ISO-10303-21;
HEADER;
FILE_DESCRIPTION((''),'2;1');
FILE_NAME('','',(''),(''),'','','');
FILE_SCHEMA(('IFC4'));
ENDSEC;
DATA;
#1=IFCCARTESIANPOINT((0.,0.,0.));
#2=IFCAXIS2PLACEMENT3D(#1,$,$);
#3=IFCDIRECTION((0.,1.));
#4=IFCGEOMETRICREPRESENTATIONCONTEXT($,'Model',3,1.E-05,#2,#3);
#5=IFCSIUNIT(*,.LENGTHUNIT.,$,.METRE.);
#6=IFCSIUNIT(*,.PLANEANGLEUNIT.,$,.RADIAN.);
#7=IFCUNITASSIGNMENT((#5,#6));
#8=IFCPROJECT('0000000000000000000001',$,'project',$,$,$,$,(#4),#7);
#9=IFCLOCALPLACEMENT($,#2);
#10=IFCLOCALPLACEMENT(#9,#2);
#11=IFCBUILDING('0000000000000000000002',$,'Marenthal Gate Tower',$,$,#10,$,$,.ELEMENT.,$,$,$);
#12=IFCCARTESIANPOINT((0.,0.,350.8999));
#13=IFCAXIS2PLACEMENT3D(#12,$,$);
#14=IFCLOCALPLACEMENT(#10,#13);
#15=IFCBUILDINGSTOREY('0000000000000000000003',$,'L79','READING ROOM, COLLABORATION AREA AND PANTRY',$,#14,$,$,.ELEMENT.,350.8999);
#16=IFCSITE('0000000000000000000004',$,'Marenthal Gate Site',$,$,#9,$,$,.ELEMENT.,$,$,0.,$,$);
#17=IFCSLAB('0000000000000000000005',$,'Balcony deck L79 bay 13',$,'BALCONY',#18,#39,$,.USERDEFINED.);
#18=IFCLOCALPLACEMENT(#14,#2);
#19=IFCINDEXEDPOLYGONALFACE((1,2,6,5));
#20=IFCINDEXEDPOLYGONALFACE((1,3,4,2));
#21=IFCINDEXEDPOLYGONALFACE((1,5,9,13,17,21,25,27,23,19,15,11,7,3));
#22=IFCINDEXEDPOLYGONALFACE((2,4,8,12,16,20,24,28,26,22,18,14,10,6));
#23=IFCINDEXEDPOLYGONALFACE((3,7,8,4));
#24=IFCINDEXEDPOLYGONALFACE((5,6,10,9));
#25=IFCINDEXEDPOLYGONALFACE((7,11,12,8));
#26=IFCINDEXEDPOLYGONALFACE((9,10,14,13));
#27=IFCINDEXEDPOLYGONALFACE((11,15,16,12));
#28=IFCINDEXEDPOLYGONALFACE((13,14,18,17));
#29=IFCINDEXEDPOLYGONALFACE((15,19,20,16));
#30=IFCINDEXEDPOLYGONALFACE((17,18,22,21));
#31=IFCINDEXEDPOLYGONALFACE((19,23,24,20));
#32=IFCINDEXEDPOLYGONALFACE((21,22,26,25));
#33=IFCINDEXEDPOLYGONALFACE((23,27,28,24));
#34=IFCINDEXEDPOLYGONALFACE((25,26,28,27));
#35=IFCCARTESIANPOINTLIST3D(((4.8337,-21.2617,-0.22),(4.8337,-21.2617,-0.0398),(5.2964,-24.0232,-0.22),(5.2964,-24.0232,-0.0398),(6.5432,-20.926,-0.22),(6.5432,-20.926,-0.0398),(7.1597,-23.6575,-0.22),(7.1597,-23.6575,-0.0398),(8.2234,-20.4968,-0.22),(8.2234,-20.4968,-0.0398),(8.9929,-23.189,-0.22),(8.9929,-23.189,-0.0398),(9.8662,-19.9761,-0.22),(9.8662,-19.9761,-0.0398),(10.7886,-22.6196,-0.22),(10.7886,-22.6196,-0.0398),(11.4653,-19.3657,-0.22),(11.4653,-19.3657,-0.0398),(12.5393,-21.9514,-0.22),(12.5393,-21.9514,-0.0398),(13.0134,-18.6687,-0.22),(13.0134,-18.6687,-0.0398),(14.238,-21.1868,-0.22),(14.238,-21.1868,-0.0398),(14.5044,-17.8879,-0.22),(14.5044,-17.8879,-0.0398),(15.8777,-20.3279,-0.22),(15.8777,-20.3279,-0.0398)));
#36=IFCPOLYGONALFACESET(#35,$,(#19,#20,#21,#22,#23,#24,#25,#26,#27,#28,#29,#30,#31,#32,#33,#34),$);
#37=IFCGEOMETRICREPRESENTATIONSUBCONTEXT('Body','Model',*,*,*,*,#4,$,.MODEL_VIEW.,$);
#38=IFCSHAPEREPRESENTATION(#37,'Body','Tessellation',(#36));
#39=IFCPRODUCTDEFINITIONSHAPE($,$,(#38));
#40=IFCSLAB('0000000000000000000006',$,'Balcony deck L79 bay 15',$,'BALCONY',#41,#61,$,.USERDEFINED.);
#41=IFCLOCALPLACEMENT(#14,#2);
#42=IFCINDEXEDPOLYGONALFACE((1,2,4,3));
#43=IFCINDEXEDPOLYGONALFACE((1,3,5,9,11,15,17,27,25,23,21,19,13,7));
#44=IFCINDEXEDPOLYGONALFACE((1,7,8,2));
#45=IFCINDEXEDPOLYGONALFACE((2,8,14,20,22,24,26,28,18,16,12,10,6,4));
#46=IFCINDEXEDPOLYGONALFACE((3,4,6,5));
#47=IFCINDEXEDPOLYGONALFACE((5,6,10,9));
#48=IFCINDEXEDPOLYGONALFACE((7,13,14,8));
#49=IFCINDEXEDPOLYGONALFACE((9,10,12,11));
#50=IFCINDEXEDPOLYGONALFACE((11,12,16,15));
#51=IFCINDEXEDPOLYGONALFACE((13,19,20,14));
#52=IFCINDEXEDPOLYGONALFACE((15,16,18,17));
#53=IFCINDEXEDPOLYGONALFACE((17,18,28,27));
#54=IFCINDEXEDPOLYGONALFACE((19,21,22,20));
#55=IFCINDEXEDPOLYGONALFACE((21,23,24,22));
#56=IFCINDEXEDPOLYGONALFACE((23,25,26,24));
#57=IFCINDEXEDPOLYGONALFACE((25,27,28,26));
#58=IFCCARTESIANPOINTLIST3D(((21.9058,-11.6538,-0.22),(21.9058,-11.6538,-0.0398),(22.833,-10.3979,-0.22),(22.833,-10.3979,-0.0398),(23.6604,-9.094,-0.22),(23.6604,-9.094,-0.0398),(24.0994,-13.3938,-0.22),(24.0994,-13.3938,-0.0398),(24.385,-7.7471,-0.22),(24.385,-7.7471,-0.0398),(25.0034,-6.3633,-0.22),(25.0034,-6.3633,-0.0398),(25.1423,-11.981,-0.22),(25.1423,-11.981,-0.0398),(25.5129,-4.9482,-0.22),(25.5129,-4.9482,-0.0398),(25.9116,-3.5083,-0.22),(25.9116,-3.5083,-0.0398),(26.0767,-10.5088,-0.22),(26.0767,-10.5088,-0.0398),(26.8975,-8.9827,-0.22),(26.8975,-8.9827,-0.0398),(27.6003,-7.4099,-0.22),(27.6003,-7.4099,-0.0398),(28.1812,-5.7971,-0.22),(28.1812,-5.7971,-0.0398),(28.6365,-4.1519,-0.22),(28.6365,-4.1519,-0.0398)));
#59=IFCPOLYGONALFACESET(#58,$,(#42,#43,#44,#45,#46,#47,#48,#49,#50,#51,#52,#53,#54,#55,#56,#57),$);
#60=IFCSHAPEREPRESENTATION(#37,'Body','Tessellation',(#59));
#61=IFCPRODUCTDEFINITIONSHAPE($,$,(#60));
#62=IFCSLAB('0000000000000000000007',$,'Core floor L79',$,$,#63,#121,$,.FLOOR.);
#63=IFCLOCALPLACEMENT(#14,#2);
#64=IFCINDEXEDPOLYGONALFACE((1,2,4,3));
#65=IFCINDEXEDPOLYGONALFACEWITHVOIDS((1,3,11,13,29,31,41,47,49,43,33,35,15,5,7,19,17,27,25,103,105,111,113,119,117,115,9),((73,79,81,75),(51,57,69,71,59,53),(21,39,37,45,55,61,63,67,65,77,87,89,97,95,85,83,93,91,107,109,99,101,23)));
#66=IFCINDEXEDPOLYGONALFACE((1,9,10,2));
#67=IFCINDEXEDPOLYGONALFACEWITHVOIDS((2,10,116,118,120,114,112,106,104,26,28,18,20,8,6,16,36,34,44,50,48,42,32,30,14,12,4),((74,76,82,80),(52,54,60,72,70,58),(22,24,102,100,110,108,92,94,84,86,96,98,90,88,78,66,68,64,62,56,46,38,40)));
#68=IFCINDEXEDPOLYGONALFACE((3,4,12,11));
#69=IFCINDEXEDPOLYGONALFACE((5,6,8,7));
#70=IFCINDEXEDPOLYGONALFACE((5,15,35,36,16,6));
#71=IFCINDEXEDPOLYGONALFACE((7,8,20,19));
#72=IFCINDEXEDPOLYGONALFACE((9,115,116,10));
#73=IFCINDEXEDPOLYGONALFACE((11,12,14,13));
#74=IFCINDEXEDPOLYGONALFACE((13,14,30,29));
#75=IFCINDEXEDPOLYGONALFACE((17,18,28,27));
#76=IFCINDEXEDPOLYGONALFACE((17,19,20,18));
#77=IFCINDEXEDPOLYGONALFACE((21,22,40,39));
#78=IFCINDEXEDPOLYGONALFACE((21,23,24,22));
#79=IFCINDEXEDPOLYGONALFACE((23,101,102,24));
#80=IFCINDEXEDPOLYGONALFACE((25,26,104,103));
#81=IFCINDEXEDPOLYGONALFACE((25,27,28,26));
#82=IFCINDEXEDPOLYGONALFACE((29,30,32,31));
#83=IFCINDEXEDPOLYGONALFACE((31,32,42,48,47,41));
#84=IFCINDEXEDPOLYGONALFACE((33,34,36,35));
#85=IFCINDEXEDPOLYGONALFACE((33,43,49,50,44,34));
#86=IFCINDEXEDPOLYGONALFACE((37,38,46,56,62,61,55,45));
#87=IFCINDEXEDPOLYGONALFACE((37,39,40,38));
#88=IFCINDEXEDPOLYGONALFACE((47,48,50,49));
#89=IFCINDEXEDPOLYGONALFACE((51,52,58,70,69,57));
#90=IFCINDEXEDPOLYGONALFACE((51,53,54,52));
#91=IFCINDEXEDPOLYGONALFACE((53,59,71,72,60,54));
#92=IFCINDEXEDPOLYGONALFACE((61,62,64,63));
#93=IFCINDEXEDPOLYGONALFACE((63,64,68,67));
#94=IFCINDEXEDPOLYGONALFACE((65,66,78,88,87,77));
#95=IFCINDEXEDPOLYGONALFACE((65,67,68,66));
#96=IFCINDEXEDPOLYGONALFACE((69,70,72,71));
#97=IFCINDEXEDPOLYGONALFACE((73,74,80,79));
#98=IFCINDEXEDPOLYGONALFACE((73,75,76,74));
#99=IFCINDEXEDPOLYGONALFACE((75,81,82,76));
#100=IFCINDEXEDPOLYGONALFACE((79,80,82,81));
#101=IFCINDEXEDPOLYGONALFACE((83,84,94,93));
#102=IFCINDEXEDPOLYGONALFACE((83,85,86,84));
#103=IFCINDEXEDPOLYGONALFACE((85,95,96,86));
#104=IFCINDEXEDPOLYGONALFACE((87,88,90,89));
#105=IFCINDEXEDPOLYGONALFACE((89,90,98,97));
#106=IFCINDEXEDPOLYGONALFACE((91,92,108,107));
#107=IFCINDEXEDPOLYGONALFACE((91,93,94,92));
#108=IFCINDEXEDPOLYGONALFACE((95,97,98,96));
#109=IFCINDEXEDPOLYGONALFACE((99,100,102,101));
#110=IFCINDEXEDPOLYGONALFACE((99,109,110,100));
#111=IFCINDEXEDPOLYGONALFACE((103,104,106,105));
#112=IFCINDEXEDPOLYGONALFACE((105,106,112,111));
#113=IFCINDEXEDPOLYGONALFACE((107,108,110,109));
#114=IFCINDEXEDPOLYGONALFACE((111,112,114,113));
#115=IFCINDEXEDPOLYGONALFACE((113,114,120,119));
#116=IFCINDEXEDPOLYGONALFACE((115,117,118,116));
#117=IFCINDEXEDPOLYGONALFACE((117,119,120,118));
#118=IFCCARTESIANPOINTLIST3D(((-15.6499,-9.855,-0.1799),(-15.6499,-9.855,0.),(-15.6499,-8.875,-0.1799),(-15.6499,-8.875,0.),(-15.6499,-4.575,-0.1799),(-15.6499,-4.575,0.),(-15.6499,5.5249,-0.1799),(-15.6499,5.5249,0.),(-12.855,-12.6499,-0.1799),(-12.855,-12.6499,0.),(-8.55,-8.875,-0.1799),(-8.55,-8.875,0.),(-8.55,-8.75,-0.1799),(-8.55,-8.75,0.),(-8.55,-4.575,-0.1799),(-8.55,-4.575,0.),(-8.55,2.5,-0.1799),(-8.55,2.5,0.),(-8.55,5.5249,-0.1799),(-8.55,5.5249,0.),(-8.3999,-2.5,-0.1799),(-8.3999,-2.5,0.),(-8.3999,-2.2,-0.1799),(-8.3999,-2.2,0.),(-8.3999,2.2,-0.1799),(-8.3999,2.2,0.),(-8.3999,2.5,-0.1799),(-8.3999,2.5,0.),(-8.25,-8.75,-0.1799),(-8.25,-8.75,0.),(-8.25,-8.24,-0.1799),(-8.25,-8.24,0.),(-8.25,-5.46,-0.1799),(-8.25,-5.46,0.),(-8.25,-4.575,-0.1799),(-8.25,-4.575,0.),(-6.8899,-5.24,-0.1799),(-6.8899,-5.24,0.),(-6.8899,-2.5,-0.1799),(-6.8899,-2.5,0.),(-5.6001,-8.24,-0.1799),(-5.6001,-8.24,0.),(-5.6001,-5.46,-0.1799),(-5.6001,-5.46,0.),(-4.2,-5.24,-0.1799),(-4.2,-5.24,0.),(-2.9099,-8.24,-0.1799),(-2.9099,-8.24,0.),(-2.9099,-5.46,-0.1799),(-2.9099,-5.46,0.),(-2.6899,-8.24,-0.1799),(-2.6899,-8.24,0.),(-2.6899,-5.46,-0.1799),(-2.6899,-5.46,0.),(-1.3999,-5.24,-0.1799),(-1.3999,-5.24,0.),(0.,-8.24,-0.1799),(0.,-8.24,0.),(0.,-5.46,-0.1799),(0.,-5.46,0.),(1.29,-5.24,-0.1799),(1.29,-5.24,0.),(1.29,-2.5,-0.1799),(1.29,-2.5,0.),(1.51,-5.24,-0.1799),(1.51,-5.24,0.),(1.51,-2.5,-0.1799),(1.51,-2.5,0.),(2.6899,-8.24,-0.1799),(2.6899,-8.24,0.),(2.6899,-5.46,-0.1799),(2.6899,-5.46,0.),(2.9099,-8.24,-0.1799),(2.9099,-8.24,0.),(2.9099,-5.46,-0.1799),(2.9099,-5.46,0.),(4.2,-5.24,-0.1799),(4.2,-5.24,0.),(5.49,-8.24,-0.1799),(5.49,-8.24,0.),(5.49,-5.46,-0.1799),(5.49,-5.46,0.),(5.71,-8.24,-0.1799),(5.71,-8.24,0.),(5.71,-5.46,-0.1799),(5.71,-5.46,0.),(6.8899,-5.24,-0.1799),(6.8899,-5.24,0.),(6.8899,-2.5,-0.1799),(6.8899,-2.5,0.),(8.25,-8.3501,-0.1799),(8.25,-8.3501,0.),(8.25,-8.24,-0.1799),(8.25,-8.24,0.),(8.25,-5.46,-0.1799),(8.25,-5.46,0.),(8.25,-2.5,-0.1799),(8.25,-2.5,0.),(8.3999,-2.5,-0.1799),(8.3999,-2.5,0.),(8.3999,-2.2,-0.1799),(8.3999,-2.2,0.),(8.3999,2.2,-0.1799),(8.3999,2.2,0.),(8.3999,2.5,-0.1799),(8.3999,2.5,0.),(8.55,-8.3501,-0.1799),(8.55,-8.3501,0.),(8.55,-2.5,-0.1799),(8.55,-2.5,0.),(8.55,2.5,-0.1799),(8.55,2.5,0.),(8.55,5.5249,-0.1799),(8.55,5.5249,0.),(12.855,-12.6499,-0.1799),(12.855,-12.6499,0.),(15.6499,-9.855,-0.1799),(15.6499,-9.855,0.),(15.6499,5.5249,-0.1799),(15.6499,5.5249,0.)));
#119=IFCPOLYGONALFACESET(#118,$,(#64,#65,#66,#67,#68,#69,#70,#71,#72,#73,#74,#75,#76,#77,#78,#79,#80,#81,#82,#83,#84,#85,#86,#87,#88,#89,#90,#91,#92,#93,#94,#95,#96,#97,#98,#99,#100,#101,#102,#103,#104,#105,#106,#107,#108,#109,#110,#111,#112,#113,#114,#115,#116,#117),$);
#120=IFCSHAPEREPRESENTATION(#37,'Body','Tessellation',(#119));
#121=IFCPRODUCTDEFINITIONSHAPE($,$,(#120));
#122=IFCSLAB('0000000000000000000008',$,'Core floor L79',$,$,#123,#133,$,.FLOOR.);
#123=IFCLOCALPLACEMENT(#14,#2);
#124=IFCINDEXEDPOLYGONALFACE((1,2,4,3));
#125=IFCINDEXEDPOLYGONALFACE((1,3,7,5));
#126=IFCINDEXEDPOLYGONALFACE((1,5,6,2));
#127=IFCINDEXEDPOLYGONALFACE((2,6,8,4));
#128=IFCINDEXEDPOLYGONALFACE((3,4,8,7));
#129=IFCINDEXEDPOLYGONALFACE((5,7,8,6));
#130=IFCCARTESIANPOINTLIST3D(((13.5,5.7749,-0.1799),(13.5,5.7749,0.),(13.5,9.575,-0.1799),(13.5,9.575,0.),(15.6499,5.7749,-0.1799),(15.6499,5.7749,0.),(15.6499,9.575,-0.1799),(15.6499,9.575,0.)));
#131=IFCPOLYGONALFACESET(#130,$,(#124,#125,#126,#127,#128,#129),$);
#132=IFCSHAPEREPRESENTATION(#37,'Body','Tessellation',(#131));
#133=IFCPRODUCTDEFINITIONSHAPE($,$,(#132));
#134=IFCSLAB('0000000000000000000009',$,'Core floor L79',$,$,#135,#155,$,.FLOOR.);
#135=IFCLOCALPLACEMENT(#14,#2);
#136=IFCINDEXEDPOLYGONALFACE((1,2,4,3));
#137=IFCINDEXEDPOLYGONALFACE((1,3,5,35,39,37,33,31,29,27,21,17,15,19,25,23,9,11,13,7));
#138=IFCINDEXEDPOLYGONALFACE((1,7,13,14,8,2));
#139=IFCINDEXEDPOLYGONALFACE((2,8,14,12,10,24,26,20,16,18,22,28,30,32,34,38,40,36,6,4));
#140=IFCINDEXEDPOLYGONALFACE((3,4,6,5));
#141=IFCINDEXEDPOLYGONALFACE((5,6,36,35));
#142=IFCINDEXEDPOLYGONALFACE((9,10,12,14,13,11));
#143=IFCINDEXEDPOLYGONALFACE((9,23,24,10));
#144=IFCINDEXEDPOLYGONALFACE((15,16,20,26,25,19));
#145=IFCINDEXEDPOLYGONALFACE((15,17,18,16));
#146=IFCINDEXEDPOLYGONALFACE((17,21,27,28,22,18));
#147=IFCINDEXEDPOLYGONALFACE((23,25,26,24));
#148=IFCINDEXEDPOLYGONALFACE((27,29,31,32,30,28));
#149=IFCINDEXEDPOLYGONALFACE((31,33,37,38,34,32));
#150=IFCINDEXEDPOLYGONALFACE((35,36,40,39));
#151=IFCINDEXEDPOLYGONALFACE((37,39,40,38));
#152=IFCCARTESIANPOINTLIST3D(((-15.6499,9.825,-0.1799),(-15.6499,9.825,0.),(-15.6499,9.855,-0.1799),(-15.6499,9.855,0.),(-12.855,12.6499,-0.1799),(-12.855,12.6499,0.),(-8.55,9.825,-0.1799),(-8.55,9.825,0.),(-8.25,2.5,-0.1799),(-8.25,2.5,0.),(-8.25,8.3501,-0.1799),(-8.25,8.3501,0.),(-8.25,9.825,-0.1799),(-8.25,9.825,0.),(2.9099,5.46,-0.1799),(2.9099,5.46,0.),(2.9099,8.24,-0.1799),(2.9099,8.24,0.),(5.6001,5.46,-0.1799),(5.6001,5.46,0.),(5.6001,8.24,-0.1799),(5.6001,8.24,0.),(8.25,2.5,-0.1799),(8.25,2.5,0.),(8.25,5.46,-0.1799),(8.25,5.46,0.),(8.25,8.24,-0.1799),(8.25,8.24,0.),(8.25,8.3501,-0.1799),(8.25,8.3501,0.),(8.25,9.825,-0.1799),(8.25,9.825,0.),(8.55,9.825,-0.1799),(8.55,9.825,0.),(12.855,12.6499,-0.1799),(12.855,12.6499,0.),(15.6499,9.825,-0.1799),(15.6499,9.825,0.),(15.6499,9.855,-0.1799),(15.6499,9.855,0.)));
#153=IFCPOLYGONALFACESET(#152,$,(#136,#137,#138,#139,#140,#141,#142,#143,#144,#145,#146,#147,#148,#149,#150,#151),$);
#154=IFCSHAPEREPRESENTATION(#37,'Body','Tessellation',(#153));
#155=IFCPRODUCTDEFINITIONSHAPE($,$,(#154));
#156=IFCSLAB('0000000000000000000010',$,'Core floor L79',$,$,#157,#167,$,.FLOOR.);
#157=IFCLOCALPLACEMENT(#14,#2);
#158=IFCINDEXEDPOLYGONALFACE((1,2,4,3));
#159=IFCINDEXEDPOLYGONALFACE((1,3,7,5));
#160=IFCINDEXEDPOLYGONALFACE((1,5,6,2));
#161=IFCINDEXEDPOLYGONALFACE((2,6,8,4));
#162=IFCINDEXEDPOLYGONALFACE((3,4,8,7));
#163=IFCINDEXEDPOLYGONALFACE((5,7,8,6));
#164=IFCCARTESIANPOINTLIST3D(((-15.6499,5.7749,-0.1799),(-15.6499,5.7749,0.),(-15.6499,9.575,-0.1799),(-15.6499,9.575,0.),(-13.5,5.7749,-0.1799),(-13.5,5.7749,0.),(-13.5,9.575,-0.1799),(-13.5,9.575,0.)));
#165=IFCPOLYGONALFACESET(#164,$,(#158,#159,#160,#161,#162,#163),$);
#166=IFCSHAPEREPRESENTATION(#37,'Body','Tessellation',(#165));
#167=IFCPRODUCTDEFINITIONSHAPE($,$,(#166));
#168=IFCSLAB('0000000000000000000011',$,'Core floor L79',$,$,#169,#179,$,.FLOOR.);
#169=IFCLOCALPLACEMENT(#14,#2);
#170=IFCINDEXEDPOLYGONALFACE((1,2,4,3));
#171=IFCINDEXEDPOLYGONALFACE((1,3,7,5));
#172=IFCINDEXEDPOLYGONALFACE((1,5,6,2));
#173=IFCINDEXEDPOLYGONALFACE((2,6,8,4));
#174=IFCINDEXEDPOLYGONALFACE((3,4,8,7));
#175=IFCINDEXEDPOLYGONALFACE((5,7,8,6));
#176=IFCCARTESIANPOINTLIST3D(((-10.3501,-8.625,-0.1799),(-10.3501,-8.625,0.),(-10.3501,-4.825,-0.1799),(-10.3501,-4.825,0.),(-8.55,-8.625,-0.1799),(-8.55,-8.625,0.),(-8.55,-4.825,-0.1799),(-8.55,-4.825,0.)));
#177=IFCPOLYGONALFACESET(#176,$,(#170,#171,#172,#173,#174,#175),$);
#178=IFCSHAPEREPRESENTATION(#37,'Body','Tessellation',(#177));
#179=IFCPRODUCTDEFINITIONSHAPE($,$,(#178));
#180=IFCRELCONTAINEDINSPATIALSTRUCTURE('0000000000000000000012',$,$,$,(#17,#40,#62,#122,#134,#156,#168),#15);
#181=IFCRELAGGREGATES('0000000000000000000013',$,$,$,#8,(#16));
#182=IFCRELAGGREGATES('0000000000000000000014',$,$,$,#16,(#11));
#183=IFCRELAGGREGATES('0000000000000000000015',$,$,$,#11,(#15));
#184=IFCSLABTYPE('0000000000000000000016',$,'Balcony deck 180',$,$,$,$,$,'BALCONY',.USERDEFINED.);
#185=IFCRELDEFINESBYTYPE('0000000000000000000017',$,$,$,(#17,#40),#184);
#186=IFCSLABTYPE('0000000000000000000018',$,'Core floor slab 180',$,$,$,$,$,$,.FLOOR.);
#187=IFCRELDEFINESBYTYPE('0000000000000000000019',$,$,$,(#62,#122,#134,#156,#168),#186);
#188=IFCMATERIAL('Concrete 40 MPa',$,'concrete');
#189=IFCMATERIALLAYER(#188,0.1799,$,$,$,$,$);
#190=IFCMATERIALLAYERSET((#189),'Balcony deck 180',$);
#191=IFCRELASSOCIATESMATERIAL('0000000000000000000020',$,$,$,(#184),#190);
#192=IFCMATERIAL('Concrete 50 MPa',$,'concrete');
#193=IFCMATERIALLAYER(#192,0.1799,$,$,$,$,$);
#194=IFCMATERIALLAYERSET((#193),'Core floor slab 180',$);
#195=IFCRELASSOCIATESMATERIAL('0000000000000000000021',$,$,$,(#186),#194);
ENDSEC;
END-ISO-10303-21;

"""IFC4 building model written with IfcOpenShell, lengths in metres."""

from ifc_helpers import new_model, si_unit, direction, frame, origin, place, context, subcontext, project, spatial, polyline, outline, extrude, material, layer, layer_set, type_object, element, save


model = new_model("IFC4")

# Units and contexts
model_context = context("Model", 3, precision=1e-05, world=origin(), true_north=direction((0.0, 1.0)))
body_context = subcontext(model_context, "Body", "Model", "MODEL_VIEW")
ifc_project = project(units=[si_unit("LENGTHUNIT", "METRE"), si_unit("PLANEANGLEUNIT", "RADIAN")], contexts=[model_context])

# Site, building, storey
site_placement = place(None, origin())
site = spatial("IfcSite", under=ifc_project, at=site_placement, Name="Marenthal Gate Site", CompositionType="ELEMENT", RefElevation=0.0)
building_placement = place(site_placement, origin())
building = spatial("IfcBuilding", under=site, at=building_placement, Name="Marenthal Gate Tower", CompositionType="ELEMENT")
storey_placement = place(building_placement, frame((0.0, 0.0, 350.8999)))
storey = spatial("IfcBuildingStorey", under=building, at=storey_placement, Name="L79", Description="READING ROOM, COLLABORATION AREA AND PANTRY", CompositionType="ELEMENT", Elevation=350.8999)

# Slabs
ifc_material_1 = material(Name="Concrete 40 MPa", Category="concrete")
ifc_layer_1 = layer(ifc_material_1, 0.1799)
ifc_layer_set_1 = layer_set([ifc_layer_1], Name="Balcony deck 180")
slab_type_1 = type_object("IfcSlabType", Name="Balcony deck 180", ElementType="BALCONY", PredefinedType="USERDEFINED", material=ifc_layer_set_1)
slab_1_placement = place(storey_placement, frame((0.0, 0.0, -0.22)))
element("IfcSlab", 1, at=slab_1_placement, inside=storey, type_object=slab_type_1, Name="Balcony deck L79 bay 13", ObjectType="BALCONY", PredefinedType="USERDEFINED", context=body_context, shape_type="SweptSolid", body=[
    extrude(outline(polyline([(4.8337, -21.2617), (6.5432, -20.926), (8.2234, -20.4968), (9.8662, -19.9761), (11.4653, -19.3657), (13.0134, -18.6687), (14.5044, -17.8879), (15.8777, -20.3279), (14.238, -21.1868), (12.5393, -21.9514), (10.7886, -22.6196), (8.9929, -23.189), (7.1597, -23.6575), (5.2964, -24.0232), (4.8337, -21.2617)])), origin(), (0.0, 0.0, 1.0), 0.1802),
])
slab_2_placement = place(storey_placement, frame((0.0, 0.0, -0.22)))
element("IfcSlab", 2, at=slab_2_placement, inside=storey, type_object=slab_type_1, Name="Balcony deck L79 bay 15", ObjectType="BALCONY", PredefinedType="USERDEFINED", context=body_context, shape_type="SweptSolid", body=[
    extrude(outline(polyline([(21.9058, -11.6538), (22.833, -10.3979), (23.6604, -9.094), (24.385, -7.7471), (25.0034, -6.3633), (25.5129, -4.9482), (25.9116, -3.5083), (28.6365, -4.1519), (28.1812, -5.7971), (27.6003, -7.4099), (26.8975, -8.9827), (26.0767, -10.5088), (25.1423, -11.981), (24.0994, -13.3938), (21.9058, -11.6538)])), origin(), (0.0, 0.0, 1.0), 0.1802),
])
ifc_material_2 = material(Name="Concrete 50 MPa", Category="concrete")
ifc_layer_2 = layer(ifc_material_2, 0.1799)
ifc_layer_set_2 = layer_set([ifc_layer_2], Name="Core floor slab 180")
slab_type_2 = type_object("IfcSlabType", Name="Core floor slab 180", PredefinedType="FLOOR", material=ifc_layer_set_2)
slab_3_placement = place(storey_placement, frame((0.0, 0.0, -0.1799)))
element("IfcSlab", 3, at=slab_3_placement, inside=storey, type_object=slab_type_2, Name="Core floor L79", PredefinedType="FLOOR", context=body_context, shape_type="SweptSolid", body=[
    extrude(outline(polyline([(12.855, -12.6499), (-12.855, -12.6499), (-15.6499, -9.855), (-15.6499, -8.875), (-8.55, -8.875), (-8.55, -8.75), (-8.25, -8.75), (-8.25, -8.24), (-5.6001, -8.24), (-2.9099, -8.24), (-2.9099, -5.46), (-5.6001, -5.46), (-8.25, -5.46), (-8.25, -4.575), (-8.55, -4.575), (-15.6499, -4.575), (-15.6499, 5.5249), (-8.55, 5.5249), (-8.55, 2.5), (-8.3999, 2.5), (-8.3999, 2.2), (8.3999, 2.2), (8.3999, 2.5), (8.55, 2.5), (8.55, 5.5249), (15.6499, 5.5249), (15.6499, -9.855), (12.855, -12.6499)]), holes=[polyline([(0.0, -8.24), (2.6899, -8.24), (2.6899, -5.46), (0.0, -5.46), (-2.6899, -5.46), (-2.6899, -8.24), (0.0, -8.24)]), polyline([(1.29, -5.24), (1.29, -2.5), (1.51, -2.5), (1.51, -5.24), (4.2, -5.24), (6.8899, -5.24), (6.8899, -2.5), (8.25, -2.5), (8.25, -5.46), (5.71, -5.46), (5.71, -8.24), (8.25, -8.24), (8.25, -8.3501), (8.55, -8.3501), (8.55, -2.5), (8.3999, -2.5), (8.3999, -2.2), (-8.3999, -2.2), (-8.3999, -2.5), (-6.8899, -2.5), (-6.8899, -5.24), (-4.2, -5.24), (-1.3999, -5.24), (1.29, -5.24)]), polyline([(5.49, -5.46), (2.9099, -5.46), (2.9099, -8.24), (5.49, -8.24), (5.49, -5.46)])]), origin(), (0.0, 0.0, 1.0), 0.1799),
])
slab_4_placement = place(storey_placement, frame((0.0, 0.0, -0.1799)))
element("IfcSlab", 4, at=slab_4_placement, inside=storey, type_object=slab_type_2, Name="Core floor L79", PredefinedType="FLOOR", context=body_context, shape_type="SweptSolid", body=[
    extrude(outline(polyline([(15.6499, 5.7749), (13.5, 5.7749), (13.5, 9.575), (15.6499, 9.575), (15.6499, 5.7749)])), origin(), (0.0, 0.0, 1.0), 0.1799),
])
slab_5_placement = place(storey_placement, frame((0.0, 0.0, -0.1799)))
element("IfcSlab", 5, at=slab_5_placement, inside=storey, type_object=slab_type_2, Name="Core floor L79", PredefinedType="FLOOR", context=body_context, shape_type="SweptSolid", body=[
    extrude(outline(polyline([(15.6499, 9.825), (8.55, 9.825), (8.25, 9.825), (8.25, 8.3501), (8.25, 8.24), (5.6001, 8.24), (2.9099, 8.24), (2.9099, 5.46), (5.6001, 5.46), (8.25, 5.46), (8.25, 2.5), (-8.25, 2.5), (-8.25, 8.3501), (-8.25, 9.825), (-8.55, 9.825), (-15.6499, 9.825), (-15.6499, 9.855), (-12.855, 12.6499), (12.855, 12.6499), (15.6499, 9.855), (15.6499, 9.825)])), origin(), (0.0, 0.0, 1.0), 0.1799),
])
slab_6_placement = place(storey_placement, frame((0.0, 0.0, -0.1799)))
element("IfcSlab", 6, at=slab_6_placement, inside=storey, type_object=slab_type_2, Name="Core floor L79", PredefinedType="FLOOR", context=body_context, shape_type="SweptSolid", body=[
    extrude(outline(polyline([(-15.6499, 9.575), (-13.5, 9.575), (-13.5, 5.7749), (-15.6499, 5.7749), (-15.6499, 9.575)])), origin(), (0.0, 0.0, 1.0), 0.1799),
])
slab_7_placement = place(storey_placement, frame((0.0, 0.0, -0.1799)))
element("IfcSlab", 7, at=slab_7_placement, inside=storey, type_object=slab_type_2, Name="Core floor L79", PredefinedType="FLOOR", context=body_context, shape_type="SweptSolid", body=[
    extrude(outline(polyline([(-8.55, -4.825), (-8.55, -8.625), (-10.3501, -8.625), (-10.3501, -4.825), (-8.55, -4.825)])), origin(), (0.0, 0.0, 1.0), 0.1799),
])

save(model, "model.ifc")
